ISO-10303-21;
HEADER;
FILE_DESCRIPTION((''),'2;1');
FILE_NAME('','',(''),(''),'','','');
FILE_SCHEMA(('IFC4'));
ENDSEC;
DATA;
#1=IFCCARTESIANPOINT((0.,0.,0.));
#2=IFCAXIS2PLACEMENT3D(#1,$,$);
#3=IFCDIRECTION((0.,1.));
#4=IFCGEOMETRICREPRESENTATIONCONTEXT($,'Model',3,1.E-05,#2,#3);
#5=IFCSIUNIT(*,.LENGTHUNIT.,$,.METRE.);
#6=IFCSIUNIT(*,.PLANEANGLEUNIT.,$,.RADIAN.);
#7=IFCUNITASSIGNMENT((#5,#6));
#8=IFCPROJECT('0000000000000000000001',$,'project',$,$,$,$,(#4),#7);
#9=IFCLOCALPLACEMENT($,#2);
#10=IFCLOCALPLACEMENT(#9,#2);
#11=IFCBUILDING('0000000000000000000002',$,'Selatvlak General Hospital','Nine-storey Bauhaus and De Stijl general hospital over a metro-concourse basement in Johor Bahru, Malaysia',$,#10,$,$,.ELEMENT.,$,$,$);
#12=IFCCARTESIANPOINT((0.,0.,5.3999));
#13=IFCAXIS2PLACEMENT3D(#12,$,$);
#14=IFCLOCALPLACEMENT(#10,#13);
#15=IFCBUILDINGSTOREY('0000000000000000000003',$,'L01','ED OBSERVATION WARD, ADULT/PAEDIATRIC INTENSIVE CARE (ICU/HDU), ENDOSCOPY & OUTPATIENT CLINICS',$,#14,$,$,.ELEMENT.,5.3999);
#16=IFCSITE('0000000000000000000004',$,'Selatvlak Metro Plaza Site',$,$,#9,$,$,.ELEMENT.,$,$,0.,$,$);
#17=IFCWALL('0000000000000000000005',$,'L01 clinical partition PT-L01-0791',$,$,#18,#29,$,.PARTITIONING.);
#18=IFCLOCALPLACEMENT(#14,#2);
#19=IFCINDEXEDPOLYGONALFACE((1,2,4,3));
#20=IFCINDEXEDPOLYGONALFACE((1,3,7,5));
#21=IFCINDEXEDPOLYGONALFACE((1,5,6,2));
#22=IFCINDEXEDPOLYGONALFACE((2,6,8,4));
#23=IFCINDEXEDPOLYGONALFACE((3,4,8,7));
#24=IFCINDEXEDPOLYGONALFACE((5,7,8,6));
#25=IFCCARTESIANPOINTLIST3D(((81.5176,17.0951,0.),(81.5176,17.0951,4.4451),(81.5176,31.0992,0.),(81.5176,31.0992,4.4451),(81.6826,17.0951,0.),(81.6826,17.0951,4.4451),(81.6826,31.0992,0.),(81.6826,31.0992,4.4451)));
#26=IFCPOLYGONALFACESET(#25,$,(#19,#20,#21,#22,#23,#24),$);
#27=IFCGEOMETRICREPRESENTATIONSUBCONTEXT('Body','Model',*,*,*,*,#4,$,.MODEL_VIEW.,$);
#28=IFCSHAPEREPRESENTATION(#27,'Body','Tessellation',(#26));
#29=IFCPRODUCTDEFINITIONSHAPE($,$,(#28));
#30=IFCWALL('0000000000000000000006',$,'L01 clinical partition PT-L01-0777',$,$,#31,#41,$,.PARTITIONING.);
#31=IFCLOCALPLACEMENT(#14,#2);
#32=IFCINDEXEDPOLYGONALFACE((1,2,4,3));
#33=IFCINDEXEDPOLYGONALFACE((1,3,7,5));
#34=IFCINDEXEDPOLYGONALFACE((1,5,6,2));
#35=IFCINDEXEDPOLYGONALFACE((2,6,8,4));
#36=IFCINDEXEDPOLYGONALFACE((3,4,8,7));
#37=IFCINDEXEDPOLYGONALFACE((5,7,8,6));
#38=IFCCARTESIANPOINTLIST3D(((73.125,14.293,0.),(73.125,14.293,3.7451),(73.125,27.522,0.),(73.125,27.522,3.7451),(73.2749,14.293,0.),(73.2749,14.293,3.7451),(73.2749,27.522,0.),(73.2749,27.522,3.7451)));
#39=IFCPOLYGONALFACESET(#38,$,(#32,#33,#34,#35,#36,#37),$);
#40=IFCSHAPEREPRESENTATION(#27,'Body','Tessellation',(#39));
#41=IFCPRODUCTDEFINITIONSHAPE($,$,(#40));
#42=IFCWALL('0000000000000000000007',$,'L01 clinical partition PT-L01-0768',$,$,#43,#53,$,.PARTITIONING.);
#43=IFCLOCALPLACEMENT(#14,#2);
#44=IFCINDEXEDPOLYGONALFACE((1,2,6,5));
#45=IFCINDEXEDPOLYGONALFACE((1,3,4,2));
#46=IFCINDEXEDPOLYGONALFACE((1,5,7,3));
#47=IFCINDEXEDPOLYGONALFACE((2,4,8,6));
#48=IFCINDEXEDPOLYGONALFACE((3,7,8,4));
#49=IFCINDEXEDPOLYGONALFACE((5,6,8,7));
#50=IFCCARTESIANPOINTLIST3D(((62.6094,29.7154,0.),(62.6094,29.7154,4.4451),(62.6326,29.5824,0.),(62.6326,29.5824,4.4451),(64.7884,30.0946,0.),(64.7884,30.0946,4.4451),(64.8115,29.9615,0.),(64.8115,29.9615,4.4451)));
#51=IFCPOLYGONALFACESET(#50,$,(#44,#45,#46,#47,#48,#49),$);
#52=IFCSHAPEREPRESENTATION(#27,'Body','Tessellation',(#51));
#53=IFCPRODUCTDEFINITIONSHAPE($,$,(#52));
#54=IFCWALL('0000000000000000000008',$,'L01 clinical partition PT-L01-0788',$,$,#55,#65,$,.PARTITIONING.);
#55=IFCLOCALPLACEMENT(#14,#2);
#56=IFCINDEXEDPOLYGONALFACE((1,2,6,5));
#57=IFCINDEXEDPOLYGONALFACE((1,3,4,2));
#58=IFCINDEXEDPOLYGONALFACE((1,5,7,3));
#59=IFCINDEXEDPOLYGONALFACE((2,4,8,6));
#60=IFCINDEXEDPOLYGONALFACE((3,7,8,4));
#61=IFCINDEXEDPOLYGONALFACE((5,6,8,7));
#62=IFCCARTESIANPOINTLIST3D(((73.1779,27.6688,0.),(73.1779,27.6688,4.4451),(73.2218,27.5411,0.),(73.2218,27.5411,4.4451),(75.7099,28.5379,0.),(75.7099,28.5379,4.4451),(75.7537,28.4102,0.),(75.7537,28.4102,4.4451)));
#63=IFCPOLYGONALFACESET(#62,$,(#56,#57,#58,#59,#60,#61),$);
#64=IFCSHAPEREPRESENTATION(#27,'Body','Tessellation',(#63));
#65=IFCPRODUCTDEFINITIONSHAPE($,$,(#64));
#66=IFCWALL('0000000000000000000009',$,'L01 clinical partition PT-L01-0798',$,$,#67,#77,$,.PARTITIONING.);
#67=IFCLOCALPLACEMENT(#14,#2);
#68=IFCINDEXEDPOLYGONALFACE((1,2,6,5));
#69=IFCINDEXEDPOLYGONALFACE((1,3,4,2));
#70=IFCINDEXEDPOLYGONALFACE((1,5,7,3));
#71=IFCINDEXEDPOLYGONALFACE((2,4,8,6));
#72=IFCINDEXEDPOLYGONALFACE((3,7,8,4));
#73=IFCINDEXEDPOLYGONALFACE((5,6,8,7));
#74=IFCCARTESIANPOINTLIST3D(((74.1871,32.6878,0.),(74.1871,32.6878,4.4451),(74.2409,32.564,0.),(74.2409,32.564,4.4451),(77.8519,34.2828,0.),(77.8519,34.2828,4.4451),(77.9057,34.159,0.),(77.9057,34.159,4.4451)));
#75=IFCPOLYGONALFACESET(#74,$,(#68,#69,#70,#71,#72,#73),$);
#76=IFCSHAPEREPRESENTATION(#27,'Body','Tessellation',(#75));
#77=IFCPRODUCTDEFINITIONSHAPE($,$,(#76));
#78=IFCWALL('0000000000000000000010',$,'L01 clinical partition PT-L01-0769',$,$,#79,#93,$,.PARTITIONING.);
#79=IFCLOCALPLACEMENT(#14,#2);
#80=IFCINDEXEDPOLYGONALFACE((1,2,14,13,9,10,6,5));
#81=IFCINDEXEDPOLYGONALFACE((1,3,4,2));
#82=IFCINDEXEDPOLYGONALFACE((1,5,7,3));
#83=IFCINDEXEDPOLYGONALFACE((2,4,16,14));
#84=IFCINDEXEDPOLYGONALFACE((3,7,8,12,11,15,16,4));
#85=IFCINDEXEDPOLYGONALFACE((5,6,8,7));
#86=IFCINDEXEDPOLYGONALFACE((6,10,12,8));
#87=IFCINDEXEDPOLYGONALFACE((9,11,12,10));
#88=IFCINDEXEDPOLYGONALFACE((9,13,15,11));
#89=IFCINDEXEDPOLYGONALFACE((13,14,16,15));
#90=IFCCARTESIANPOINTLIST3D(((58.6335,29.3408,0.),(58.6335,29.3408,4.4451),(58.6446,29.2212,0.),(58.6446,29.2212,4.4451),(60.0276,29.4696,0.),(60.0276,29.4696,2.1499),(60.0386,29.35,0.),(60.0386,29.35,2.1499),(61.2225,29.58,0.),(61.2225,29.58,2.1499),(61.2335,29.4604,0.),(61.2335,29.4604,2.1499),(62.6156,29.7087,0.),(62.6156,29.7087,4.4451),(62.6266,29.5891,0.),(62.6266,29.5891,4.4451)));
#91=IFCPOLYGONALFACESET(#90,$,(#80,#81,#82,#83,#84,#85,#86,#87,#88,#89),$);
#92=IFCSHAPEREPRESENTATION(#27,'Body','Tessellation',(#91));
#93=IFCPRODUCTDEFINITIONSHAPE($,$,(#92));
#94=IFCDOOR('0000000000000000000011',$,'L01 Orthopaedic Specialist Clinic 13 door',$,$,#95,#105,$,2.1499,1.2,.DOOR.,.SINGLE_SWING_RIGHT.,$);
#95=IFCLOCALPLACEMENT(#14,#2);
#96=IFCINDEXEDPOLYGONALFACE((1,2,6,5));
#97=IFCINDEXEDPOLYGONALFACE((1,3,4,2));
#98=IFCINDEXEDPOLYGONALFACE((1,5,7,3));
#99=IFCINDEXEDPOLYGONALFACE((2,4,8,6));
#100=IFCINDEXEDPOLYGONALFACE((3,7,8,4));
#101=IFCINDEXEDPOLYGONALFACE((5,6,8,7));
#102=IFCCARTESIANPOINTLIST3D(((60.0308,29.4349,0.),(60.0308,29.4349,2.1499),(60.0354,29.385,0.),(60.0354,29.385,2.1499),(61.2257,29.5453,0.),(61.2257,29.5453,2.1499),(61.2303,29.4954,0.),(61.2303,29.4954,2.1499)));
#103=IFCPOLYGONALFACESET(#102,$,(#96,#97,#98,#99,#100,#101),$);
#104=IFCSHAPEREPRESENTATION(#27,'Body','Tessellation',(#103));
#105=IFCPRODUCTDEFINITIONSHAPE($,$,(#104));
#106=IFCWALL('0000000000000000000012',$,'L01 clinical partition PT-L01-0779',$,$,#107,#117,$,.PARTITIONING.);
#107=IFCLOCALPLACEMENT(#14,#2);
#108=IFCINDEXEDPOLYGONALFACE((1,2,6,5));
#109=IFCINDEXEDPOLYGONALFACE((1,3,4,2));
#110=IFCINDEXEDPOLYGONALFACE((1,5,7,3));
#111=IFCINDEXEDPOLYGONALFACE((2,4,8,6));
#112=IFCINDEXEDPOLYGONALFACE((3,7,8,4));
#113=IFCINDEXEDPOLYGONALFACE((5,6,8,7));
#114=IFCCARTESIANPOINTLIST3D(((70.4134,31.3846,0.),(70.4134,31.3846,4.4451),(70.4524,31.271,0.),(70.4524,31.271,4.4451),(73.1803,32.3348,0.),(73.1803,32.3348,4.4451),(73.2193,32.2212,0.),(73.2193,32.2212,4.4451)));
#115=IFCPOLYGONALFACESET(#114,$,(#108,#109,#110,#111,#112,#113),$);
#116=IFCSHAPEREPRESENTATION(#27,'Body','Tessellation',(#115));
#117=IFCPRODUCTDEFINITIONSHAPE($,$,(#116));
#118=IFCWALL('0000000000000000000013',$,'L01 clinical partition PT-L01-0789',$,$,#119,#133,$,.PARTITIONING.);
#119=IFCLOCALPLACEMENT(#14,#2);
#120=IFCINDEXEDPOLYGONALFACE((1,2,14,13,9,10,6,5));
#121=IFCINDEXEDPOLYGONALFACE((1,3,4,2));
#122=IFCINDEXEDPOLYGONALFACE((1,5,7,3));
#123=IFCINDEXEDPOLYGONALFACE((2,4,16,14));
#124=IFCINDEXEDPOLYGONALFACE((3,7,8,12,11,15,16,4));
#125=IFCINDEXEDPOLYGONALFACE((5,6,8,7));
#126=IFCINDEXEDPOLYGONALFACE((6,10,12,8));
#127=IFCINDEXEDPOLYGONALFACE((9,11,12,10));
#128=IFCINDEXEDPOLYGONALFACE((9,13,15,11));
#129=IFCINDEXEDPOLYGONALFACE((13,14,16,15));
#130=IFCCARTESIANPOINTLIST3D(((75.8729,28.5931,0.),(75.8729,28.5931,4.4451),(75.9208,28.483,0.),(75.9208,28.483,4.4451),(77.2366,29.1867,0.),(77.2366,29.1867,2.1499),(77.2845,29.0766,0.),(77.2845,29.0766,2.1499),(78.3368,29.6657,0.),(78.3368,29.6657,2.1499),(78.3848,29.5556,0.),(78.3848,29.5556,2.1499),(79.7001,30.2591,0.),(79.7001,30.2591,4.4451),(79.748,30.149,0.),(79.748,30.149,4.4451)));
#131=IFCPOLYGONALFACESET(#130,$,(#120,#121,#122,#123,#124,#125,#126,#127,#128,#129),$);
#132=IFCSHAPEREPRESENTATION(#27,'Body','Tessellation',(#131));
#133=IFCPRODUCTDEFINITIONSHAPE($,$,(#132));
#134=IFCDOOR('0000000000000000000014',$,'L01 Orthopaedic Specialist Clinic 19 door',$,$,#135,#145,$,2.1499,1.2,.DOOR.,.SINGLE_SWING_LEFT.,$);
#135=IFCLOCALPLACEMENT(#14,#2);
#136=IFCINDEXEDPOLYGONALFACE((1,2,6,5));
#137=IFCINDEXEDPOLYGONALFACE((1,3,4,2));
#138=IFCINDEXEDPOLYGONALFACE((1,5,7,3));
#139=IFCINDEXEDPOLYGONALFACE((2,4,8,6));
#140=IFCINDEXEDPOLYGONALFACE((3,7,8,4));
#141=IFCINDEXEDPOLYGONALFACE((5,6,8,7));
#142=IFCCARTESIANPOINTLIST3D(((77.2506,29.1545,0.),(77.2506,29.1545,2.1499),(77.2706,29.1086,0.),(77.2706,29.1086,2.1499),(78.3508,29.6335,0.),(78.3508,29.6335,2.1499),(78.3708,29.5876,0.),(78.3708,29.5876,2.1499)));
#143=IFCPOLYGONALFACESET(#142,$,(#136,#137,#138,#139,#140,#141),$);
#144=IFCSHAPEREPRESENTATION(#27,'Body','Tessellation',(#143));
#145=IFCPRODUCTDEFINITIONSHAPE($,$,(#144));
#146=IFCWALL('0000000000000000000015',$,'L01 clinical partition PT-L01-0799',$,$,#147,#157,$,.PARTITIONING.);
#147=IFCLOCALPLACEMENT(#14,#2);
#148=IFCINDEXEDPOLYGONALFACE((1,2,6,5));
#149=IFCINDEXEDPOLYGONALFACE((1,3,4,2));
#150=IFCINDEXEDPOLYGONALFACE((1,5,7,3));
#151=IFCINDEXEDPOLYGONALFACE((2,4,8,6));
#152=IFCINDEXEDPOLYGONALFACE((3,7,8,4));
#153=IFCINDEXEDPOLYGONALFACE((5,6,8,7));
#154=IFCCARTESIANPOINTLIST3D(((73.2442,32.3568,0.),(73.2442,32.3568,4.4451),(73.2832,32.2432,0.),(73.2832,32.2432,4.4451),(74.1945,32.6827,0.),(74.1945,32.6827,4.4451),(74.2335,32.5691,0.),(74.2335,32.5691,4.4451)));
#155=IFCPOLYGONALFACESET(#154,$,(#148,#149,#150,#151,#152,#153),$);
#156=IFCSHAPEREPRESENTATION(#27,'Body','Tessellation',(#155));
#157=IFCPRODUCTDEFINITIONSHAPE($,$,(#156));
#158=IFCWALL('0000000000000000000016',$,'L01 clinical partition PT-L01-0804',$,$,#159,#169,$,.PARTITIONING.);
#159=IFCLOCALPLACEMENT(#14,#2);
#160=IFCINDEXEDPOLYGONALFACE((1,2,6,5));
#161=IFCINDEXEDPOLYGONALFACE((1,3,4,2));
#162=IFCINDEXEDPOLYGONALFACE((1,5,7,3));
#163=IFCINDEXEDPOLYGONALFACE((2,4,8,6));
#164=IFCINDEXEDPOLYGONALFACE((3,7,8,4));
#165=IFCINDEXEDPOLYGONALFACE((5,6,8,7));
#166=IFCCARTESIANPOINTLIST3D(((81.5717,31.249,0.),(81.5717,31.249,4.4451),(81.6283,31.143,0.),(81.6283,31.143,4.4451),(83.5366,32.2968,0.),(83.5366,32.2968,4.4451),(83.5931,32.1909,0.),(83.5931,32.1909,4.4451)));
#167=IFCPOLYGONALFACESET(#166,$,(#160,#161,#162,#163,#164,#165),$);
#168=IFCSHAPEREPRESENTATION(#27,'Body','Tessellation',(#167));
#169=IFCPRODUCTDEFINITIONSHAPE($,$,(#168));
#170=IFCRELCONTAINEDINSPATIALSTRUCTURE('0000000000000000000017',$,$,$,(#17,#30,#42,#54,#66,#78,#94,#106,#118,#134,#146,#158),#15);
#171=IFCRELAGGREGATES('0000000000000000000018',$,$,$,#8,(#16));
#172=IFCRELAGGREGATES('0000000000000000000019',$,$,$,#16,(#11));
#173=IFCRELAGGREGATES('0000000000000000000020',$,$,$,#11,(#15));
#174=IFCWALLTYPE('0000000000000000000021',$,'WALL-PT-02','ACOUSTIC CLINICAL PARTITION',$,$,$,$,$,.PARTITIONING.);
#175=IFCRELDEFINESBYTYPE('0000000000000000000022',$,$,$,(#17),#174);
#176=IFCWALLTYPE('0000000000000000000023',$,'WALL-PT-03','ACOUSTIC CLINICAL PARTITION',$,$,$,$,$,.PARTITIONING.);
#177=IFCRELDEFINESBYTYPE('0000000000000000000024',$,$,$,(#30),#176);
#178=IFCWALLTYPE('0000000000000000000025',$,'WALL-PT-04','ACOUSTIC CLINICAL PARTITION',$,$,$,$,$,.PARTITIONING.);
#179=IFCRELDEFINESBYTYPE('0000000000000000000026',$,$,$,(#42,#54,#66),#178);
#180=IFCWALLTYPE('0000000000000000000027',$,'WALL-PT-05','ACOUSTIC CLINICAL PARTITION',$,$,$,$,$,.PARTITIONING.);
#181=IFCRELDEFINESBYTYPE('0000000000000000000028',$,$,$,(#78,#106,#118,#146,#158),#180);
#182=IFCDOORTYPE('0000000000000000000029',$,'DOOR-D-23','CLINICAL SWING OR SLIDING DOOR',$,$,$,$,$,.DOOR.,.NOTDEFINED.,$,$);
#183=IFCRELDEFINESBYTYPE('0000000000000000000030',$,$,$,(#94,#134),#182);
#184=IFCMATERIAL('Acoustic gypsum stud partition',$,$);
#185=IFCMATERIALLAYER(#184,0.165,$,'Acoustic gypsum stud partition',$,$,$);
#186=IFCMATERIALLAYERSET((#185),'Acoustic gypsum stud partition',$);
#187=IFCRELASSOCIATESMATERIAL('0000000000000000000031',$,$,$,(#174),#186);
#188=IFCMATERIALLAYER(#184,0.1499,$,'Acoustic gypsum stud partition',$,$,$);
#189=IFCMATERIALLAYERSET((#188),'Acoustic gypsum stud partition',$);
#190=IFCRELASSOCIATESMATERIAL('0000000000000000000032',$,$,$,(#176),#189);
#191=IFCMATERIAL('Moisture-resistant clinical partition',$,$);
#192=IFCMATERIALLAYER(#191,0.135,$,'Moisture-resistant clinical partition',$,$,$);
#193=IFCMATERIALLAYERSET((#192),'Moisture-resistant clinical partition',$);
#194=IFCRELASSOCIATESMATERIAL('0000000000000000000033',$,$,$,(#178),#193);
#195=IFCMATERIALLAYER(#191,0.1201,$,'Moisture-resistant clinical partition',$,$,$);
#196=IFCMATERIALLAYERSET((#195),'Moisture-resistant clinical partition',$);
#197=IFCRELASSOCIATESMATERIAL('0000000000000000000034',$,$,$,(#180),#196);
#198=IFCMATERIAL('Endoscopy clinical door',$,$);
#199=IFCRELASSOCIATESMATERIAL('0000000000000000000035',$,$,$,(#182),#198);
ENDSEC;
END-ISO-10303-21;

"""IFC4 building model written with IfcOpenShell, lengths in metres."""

from ifc_helpers import new_model, si_unit, direction, frame, frame_2d, origin, place, context, subcontext, project, spatial, rectangle, extrude, material, layer, layer_set, type_object, element, fill, save


model = new_model("IFC4")

# Units and contexts
model_context = context("Model", 3, precision=1e-05, world=origin(), true_north=direction((0.0, 1.0)))
body_context = subcontext(model_context, "Body", "Model", "MODEL_VIEW")
ifc_project = project(units=[si_unit("LENGTHUNIT", "METRE"), si_unit("PLANEANGLEUNIT", "RADIAN")], contexts=[model_context])

# Site, building, storey
site_placement = place(None, origin())
site = spatial("IfcSite", under=ifc_project, at=site_placement, Name="Selatvlak Metro Plaza Site", CompositionType="ELEMENT", RefElevation=0.0)
building_placement = place(site_placement, origin())
building = spatial("IfcBuilding", under=site, at=building_placement, Name="Selatvlak General Hospital", Description="Nine-storey Bauhaus and De Stijl general hospital over a metro-concourse basement in Johor Bahru, Malaysia", CompositionType="ELEMENT")
storey_placement = place(building_placement, frame((0.0, 0.0, 5.3999)))
storey = spatial("IfcBuildingStorey", under=building, at=storey_placement, Name="L01", Description="ED OBSERVATION WARD, ADULT/PAEDIATRIC INTENSIVE CARE (ICU/HDU), ENDOSCOPY & OUTPATIENT CLINICS", CompositionType="ELEMENT", Elevation=5.3999)

# Shared definitions
ifc_material_1 = material(Name="Acoustic gypsum stud partition")

# Walls
ifc_layer_1 = layer(ifc_material_1, 0.165, Name="Acoustic gypsum stud partition")
ifc_layer_set_1 = layer_set([ifc_layer_1], Name="Acoustic gypsum stud partition")
wall_type_1 = type_object("IfcWallType", Name="WALL-PT-02", Description="ACOUSTIC CLINICAL PARTITION", PredefinedType="PARTITIONING", material=ifc_layer_set_1)
wall_1_placement = place(storey_placement, frame((81.6001, 31.0991, 0.0), z_axis=(0.0, 0.0, 1.0), x_axis=(0.0, -1.0, 0.0)))
element("IfcWall", 1, at=wall_1_placement, inside=storey, type_object=wall_type_1, Name="L01 clinical partition PT-L01-0791", PredefinedType="PARTITIONING", context=body_context, shape_type="SweptSolid", body=[
    extrude(rectangle(XDim=14.0042, YDim=0.165, at=frame_2d((7.002, 0.0))), origin(), (0.0, 0.0, 1.0), 4.4451),
])
ifc_layer_2 = layer(ifc_material_1, 0.1499, Name="Acoustic gypsum stud partition")
ifc_layer_set_2 = layer_set([ifc_layer_2], Name="Acoustic gypsum stud partition")
wall_type_2 = type_object("IfcWallType", Name="WALL-PT-03", Description="ACOUSTIC CLINICAL PARTITION", PredefinedType="PARTITIONING", material=ifc_layer_set_2)
wall_2_placement = place(storey_placement, frame((73.2, 27.522, 0.0), z_axis=(0.0, 0.0, 1.0), x_axis=(0.0, -1.0, 0.0)))
element("IfcWall", 2, at=wall_2_placement, inside=storey, type_object=wall_type_2, Name="L01 clinical partition PT-L01-0777", PredefinedType="PARTITIONING", context=body_context, shape_type="SweptSolid", body=[
    extrude(rectangle(XDim=13.229, YDim=0.1499, at=frame_2d((6.6145, 0.0))), origin(), (0.0, 0.0, 1.0), 3.7451),
])

# Walls
ifc_material_2 = material(Name="Moisture-resistant clinical partition")
ifc_layer_3 = layer(ifc_material_2, 0.135, Name="Moisture-resistant clinical partition")
ifc_layer_set_3 = layer_set([ifc_layer_3], Name="Moisture-resistant clinical partition")
wall_type_3 = type_object("IfcWallType", Name="WALL-PT-04", Description="ACOUSTIC CLINICAL PARTITION", PredefinedType="PARTITIONING", material=ifc_layer_set_3)
wall_3_placement = place(storey_placement, frame((64.8, 30.0281, 0.0), z_axis=(0.0, 0.0, 1.0), x_axis=(-0.985196, -0.17143, 0.0)))
element("IfcWall", 3, at=wall_3_placement, inside=storey, type_object=wall_type_3, Name="L01 clinical partition PT-L01-0768", PredefinedType="PARTITIONING", context=body_context, shape_type="SweptSolid", body=[
    extrude(rectangle(XDim=2.2117, YDim=0.135, at=frame_2d((1.106, 0.0))), origin(), (0.0, 0.0, 1.0), 4.4451),
])
wall_4_placement = place(storey_placement, frame((73.2, 27.605, 0.0), z_axis=(0.0, 0.0, 1.0), x_axis=(0.945828, 0.324669, 0.0)))
element("IfcWall", 4, at=wall_4_placement, inside=storey, type_object=wall_type_3, Name="L01 clinical partition PT-L01-0788", PredefinedType="PARTITIONING", context=body_context, shape_type="SweptSolid", body=[
    extrude(rectangle(XDim=2.677, YDim=0.135, at=frame_2d((1.3384, 0.0))), origin(), (0.0, 0.0, 1.0), 4.4451),
])
wall_5_placement = place(storey_placement, frame((77.8789, 34.2209, 0.0), z_axis=(0.0, 0.0, 1.0), x_axis=(-0.916925, -0.399059, 0.0)))
element("IfcWall", 5, at=wall_5_placement, inside=storey, type_object=wall_type_3, Name="L01 clinical partition PT-L01-0798", PredefinedType="PARTITIONING", context=body_context, shape_type="SweptSolid", body=[
    extrude(rectangle(XDim=3.9968, YDim=0.135, at=frame_2d((1.9985, 0.0))), origin(), (0.0, 0.0, 1.0), 4.4451),
])

# Wall, opening, door
ifc_layer_4 = layer(ifc_material_2, 0.1201, Name="Moisture-resistant clinical partition")
ifc_layer_set_4 = layer_set([ifc_layer_4], Name="Moisture-resistant clinical partition")
wall_type_4 = type_object("IfcWallType", Name="WALL-PT-05", Description="ACOUSTIC CLINICAL PARTITION", PredefinedType="PARTITIONING", material=ifc_layer_set_4)
wall_6_placement = place(storey_placement, frame((62.6211, 29.6489, 0.0), z_axis=(0.0, 0.0, 1.0), x_axis=(-0.995759, -0.092, 0.0)))
wall_6 = element("IfcWall", 6, at=wall_6_placement, inside=storey, type_object=wall_type_4, Name="L01 clinical partition PT-L01-0769", PredefinedType="PARTITIONING", context=body_context, shape_type="SweptSolid", body=[
    extrude(rectangle(XDim=3.999, YDim=0.1201, at=frame_2d((1.9995, 0.0))), origin(), (0.0, 0.0, 1.0), 4.4451),
])
opening_1_placement = place(wall_6_placement, frame((1.3989, 0.0, 0.0)))
opening_1 = element("IfcOpeningElement", 7, at=opening_1_placement, cuts=wall_6, PredefinedType="OPENING", context=body_context, shape_type="SweptSolid", body=[
    extrude(rectangle(XDim=1.2, YDim=2.1499, at=frame_2d((0.6001, 1.075))), frame((0.0, 0.0701, 0.0), z_axis=(0.0, -1.0, 0.0), x_axis=(1.0, 0.0, 0.0)), (0.0, 0.0, 1.0), 0.1401),
])
ifc_material_3 = material(Name="Endoscopy clinical door")
door_type_1 = type_object("IfcDoorType", Name="DOOR-D-23", Description="CLINICAL SWING OR SLIDING DOOR", OperationType="NOTDEFINED", PredefinedType="DOOR", material=ifc_material_3)
door_1_placement = place(opening_1_placement, origin())
door_1 = element("IfcDoor", 8, at=door_1_placement, inside=storey, type_object=door_type_1, Name="L01 Orthopaedic Specialist Clinic 13 door", OperationType="SINGLE_SWING_RIGHT", OverallHeight=2.1499, OverallWidth=1.2, PredefinedType="DOOR", context=body_context, shape_type="SweptSolid", body=[
    extrude(rectangle(XDim=1.2, YDim=2.1499, at=frame_2d((0.6001, 1.075))), frame((0.0, 0.0249, 0.0), z_axis=(0.0, -1.0, 0.0), x_axis=(1.0, 0.0, 0.0)), (0.0, 0.0, 1.0), 0.05),
])
fill(opening_1, door_1)

# Wall
wall_7_placement = place(storey_placement, frame((73.2, 32.2781, 0.0), z_axis=(0.0, 0.0, 1.0), x_axis=(-0.945782, -0.324802, 0.0)))
element("IfcWall", 9, at=wall_7_placement, inside=storey, type_object=wall_type_4, Name="L01 clinical partition PT-L01-0779", PredefinedType="PARTITIONING", context=body_context, shape_type="SweptSolid", body=[
    extrude(rectangle(XDim=2.9255, YDim=0.1201, at=frame_2d((1.4629, 0.0))), origin(), (0.0, 0.0, 1.0), 4.4451),
])

# Wall, opening, door
wall_8_placement = place(storey_placement, frame((75.897, 28.5381, 0.0), z_axis=(0.0, 0.0, 1.0), x_axis=(0.916891, 0.399137, 0.0)))
wall_8 = element("IfcWall", 10, at=wall_8_placement, inside=storey, type_object=wall_type_4, Name="L01 clinical partition PT-L01-0789", PredefinedType="PARTITIONING", context=body_context, shape_type="SweptSolid", body=[
    extrude(rectangle(XDim=4.1741, YDim=0.1201, at=frame_2d((2.0869, 0.0))), origin(), (0.0, 0.0, 1.0), 4.4451),
])
opening_2_placement = place(wall_8_placement, frame((1.4871, 0.0, 0.0)))
opening_2 = element("IfcOpeningElement", 11, at=opening_2_placement, cuts=wall_8, PredefinedType="OPENING", context=body_context, shape_type="SweptSolid", body=[
    extrude(rectangle(XDim=1.2, YDim=2.1499, at=frame_2d((0.6001, 1.075))), frame((0.0, 0.0701, 0.0), z_axis=(0.0, -1.0, 0.0), x_axis=(1.0, 0.0, 0.0)), (0.0, 0.0, 1.0), 0.1401),
])
door_2_placement = place(opening_2_placement, origin())
door_2 = element("IfcDoor", 12, at=door_2_placement, inside=storey, type_object=door_type_1, Name="L01 Orthopaedic Specialist Clinic 19 door", OperationType="SINGLE_SWING_LEFT", OverallHeight=2.1499, OverallWidth=1.2, PredefinedType="DOOR", context=body_context, shape_type="SweptSolid", body=[
    extrude(rectangle(XDim=1.2, YDim=2.1499, at=frame_2d((0.6001, 1.075))), frame((0.0, 0.0249, 0.0), z_axis=(0.0, -1.0, 0.0), x_axis=(1.0, 0.0, 0.0)), (0.0, 0.0, 1.0), 0.05),
])
fill(opening_2, door_2)

# Walls
wall_9_placement = place(storey_placement, frame((74.2141, 32.626, 0.0), z_axis=(0.0, 0.0, 1.0), x_axis=(-0.945901, -0.324455, 0.0)))
element("IfcWall", 13, at=wall_9_placement, inside=storey, type_object=wall_type_4, Name="L01 clinical partition PT-L01-0799", PredefinedType="PARTITIONING", context=body_context, shape_type="SweptSolid", body=[
    extrude(rectangle(XDim=1.0046, YDim=0.1201, at=frame_2d((0.5024, 0.0))), origin(), (0.0, 0.0, 1.0), 4.4451),
])
wall_10_placement = place(storey_placement, frame((81.6001, 31.196, 0.0), z_axis=(0.0, 0.0, 1.0), x_axis=(0.882365, 0.470565, 0.0)))
element("IfcWall", 14, at=wall_10_placement, inside=storey, type_object=wall_type_4, Name="L01 clinical partition PT-L01-0804", PredefinedType="PARTITIONING", context=body_context, shape_type="SweptSolid", body=[
    extrude(rectangle(XDim=2.2268, YDim=0.1201, at=frame_2d((1.1133, 0.0))), origin(), (0.0, 0.0, 1.0), 4.4451),
])

save(model, "model.ifc")
